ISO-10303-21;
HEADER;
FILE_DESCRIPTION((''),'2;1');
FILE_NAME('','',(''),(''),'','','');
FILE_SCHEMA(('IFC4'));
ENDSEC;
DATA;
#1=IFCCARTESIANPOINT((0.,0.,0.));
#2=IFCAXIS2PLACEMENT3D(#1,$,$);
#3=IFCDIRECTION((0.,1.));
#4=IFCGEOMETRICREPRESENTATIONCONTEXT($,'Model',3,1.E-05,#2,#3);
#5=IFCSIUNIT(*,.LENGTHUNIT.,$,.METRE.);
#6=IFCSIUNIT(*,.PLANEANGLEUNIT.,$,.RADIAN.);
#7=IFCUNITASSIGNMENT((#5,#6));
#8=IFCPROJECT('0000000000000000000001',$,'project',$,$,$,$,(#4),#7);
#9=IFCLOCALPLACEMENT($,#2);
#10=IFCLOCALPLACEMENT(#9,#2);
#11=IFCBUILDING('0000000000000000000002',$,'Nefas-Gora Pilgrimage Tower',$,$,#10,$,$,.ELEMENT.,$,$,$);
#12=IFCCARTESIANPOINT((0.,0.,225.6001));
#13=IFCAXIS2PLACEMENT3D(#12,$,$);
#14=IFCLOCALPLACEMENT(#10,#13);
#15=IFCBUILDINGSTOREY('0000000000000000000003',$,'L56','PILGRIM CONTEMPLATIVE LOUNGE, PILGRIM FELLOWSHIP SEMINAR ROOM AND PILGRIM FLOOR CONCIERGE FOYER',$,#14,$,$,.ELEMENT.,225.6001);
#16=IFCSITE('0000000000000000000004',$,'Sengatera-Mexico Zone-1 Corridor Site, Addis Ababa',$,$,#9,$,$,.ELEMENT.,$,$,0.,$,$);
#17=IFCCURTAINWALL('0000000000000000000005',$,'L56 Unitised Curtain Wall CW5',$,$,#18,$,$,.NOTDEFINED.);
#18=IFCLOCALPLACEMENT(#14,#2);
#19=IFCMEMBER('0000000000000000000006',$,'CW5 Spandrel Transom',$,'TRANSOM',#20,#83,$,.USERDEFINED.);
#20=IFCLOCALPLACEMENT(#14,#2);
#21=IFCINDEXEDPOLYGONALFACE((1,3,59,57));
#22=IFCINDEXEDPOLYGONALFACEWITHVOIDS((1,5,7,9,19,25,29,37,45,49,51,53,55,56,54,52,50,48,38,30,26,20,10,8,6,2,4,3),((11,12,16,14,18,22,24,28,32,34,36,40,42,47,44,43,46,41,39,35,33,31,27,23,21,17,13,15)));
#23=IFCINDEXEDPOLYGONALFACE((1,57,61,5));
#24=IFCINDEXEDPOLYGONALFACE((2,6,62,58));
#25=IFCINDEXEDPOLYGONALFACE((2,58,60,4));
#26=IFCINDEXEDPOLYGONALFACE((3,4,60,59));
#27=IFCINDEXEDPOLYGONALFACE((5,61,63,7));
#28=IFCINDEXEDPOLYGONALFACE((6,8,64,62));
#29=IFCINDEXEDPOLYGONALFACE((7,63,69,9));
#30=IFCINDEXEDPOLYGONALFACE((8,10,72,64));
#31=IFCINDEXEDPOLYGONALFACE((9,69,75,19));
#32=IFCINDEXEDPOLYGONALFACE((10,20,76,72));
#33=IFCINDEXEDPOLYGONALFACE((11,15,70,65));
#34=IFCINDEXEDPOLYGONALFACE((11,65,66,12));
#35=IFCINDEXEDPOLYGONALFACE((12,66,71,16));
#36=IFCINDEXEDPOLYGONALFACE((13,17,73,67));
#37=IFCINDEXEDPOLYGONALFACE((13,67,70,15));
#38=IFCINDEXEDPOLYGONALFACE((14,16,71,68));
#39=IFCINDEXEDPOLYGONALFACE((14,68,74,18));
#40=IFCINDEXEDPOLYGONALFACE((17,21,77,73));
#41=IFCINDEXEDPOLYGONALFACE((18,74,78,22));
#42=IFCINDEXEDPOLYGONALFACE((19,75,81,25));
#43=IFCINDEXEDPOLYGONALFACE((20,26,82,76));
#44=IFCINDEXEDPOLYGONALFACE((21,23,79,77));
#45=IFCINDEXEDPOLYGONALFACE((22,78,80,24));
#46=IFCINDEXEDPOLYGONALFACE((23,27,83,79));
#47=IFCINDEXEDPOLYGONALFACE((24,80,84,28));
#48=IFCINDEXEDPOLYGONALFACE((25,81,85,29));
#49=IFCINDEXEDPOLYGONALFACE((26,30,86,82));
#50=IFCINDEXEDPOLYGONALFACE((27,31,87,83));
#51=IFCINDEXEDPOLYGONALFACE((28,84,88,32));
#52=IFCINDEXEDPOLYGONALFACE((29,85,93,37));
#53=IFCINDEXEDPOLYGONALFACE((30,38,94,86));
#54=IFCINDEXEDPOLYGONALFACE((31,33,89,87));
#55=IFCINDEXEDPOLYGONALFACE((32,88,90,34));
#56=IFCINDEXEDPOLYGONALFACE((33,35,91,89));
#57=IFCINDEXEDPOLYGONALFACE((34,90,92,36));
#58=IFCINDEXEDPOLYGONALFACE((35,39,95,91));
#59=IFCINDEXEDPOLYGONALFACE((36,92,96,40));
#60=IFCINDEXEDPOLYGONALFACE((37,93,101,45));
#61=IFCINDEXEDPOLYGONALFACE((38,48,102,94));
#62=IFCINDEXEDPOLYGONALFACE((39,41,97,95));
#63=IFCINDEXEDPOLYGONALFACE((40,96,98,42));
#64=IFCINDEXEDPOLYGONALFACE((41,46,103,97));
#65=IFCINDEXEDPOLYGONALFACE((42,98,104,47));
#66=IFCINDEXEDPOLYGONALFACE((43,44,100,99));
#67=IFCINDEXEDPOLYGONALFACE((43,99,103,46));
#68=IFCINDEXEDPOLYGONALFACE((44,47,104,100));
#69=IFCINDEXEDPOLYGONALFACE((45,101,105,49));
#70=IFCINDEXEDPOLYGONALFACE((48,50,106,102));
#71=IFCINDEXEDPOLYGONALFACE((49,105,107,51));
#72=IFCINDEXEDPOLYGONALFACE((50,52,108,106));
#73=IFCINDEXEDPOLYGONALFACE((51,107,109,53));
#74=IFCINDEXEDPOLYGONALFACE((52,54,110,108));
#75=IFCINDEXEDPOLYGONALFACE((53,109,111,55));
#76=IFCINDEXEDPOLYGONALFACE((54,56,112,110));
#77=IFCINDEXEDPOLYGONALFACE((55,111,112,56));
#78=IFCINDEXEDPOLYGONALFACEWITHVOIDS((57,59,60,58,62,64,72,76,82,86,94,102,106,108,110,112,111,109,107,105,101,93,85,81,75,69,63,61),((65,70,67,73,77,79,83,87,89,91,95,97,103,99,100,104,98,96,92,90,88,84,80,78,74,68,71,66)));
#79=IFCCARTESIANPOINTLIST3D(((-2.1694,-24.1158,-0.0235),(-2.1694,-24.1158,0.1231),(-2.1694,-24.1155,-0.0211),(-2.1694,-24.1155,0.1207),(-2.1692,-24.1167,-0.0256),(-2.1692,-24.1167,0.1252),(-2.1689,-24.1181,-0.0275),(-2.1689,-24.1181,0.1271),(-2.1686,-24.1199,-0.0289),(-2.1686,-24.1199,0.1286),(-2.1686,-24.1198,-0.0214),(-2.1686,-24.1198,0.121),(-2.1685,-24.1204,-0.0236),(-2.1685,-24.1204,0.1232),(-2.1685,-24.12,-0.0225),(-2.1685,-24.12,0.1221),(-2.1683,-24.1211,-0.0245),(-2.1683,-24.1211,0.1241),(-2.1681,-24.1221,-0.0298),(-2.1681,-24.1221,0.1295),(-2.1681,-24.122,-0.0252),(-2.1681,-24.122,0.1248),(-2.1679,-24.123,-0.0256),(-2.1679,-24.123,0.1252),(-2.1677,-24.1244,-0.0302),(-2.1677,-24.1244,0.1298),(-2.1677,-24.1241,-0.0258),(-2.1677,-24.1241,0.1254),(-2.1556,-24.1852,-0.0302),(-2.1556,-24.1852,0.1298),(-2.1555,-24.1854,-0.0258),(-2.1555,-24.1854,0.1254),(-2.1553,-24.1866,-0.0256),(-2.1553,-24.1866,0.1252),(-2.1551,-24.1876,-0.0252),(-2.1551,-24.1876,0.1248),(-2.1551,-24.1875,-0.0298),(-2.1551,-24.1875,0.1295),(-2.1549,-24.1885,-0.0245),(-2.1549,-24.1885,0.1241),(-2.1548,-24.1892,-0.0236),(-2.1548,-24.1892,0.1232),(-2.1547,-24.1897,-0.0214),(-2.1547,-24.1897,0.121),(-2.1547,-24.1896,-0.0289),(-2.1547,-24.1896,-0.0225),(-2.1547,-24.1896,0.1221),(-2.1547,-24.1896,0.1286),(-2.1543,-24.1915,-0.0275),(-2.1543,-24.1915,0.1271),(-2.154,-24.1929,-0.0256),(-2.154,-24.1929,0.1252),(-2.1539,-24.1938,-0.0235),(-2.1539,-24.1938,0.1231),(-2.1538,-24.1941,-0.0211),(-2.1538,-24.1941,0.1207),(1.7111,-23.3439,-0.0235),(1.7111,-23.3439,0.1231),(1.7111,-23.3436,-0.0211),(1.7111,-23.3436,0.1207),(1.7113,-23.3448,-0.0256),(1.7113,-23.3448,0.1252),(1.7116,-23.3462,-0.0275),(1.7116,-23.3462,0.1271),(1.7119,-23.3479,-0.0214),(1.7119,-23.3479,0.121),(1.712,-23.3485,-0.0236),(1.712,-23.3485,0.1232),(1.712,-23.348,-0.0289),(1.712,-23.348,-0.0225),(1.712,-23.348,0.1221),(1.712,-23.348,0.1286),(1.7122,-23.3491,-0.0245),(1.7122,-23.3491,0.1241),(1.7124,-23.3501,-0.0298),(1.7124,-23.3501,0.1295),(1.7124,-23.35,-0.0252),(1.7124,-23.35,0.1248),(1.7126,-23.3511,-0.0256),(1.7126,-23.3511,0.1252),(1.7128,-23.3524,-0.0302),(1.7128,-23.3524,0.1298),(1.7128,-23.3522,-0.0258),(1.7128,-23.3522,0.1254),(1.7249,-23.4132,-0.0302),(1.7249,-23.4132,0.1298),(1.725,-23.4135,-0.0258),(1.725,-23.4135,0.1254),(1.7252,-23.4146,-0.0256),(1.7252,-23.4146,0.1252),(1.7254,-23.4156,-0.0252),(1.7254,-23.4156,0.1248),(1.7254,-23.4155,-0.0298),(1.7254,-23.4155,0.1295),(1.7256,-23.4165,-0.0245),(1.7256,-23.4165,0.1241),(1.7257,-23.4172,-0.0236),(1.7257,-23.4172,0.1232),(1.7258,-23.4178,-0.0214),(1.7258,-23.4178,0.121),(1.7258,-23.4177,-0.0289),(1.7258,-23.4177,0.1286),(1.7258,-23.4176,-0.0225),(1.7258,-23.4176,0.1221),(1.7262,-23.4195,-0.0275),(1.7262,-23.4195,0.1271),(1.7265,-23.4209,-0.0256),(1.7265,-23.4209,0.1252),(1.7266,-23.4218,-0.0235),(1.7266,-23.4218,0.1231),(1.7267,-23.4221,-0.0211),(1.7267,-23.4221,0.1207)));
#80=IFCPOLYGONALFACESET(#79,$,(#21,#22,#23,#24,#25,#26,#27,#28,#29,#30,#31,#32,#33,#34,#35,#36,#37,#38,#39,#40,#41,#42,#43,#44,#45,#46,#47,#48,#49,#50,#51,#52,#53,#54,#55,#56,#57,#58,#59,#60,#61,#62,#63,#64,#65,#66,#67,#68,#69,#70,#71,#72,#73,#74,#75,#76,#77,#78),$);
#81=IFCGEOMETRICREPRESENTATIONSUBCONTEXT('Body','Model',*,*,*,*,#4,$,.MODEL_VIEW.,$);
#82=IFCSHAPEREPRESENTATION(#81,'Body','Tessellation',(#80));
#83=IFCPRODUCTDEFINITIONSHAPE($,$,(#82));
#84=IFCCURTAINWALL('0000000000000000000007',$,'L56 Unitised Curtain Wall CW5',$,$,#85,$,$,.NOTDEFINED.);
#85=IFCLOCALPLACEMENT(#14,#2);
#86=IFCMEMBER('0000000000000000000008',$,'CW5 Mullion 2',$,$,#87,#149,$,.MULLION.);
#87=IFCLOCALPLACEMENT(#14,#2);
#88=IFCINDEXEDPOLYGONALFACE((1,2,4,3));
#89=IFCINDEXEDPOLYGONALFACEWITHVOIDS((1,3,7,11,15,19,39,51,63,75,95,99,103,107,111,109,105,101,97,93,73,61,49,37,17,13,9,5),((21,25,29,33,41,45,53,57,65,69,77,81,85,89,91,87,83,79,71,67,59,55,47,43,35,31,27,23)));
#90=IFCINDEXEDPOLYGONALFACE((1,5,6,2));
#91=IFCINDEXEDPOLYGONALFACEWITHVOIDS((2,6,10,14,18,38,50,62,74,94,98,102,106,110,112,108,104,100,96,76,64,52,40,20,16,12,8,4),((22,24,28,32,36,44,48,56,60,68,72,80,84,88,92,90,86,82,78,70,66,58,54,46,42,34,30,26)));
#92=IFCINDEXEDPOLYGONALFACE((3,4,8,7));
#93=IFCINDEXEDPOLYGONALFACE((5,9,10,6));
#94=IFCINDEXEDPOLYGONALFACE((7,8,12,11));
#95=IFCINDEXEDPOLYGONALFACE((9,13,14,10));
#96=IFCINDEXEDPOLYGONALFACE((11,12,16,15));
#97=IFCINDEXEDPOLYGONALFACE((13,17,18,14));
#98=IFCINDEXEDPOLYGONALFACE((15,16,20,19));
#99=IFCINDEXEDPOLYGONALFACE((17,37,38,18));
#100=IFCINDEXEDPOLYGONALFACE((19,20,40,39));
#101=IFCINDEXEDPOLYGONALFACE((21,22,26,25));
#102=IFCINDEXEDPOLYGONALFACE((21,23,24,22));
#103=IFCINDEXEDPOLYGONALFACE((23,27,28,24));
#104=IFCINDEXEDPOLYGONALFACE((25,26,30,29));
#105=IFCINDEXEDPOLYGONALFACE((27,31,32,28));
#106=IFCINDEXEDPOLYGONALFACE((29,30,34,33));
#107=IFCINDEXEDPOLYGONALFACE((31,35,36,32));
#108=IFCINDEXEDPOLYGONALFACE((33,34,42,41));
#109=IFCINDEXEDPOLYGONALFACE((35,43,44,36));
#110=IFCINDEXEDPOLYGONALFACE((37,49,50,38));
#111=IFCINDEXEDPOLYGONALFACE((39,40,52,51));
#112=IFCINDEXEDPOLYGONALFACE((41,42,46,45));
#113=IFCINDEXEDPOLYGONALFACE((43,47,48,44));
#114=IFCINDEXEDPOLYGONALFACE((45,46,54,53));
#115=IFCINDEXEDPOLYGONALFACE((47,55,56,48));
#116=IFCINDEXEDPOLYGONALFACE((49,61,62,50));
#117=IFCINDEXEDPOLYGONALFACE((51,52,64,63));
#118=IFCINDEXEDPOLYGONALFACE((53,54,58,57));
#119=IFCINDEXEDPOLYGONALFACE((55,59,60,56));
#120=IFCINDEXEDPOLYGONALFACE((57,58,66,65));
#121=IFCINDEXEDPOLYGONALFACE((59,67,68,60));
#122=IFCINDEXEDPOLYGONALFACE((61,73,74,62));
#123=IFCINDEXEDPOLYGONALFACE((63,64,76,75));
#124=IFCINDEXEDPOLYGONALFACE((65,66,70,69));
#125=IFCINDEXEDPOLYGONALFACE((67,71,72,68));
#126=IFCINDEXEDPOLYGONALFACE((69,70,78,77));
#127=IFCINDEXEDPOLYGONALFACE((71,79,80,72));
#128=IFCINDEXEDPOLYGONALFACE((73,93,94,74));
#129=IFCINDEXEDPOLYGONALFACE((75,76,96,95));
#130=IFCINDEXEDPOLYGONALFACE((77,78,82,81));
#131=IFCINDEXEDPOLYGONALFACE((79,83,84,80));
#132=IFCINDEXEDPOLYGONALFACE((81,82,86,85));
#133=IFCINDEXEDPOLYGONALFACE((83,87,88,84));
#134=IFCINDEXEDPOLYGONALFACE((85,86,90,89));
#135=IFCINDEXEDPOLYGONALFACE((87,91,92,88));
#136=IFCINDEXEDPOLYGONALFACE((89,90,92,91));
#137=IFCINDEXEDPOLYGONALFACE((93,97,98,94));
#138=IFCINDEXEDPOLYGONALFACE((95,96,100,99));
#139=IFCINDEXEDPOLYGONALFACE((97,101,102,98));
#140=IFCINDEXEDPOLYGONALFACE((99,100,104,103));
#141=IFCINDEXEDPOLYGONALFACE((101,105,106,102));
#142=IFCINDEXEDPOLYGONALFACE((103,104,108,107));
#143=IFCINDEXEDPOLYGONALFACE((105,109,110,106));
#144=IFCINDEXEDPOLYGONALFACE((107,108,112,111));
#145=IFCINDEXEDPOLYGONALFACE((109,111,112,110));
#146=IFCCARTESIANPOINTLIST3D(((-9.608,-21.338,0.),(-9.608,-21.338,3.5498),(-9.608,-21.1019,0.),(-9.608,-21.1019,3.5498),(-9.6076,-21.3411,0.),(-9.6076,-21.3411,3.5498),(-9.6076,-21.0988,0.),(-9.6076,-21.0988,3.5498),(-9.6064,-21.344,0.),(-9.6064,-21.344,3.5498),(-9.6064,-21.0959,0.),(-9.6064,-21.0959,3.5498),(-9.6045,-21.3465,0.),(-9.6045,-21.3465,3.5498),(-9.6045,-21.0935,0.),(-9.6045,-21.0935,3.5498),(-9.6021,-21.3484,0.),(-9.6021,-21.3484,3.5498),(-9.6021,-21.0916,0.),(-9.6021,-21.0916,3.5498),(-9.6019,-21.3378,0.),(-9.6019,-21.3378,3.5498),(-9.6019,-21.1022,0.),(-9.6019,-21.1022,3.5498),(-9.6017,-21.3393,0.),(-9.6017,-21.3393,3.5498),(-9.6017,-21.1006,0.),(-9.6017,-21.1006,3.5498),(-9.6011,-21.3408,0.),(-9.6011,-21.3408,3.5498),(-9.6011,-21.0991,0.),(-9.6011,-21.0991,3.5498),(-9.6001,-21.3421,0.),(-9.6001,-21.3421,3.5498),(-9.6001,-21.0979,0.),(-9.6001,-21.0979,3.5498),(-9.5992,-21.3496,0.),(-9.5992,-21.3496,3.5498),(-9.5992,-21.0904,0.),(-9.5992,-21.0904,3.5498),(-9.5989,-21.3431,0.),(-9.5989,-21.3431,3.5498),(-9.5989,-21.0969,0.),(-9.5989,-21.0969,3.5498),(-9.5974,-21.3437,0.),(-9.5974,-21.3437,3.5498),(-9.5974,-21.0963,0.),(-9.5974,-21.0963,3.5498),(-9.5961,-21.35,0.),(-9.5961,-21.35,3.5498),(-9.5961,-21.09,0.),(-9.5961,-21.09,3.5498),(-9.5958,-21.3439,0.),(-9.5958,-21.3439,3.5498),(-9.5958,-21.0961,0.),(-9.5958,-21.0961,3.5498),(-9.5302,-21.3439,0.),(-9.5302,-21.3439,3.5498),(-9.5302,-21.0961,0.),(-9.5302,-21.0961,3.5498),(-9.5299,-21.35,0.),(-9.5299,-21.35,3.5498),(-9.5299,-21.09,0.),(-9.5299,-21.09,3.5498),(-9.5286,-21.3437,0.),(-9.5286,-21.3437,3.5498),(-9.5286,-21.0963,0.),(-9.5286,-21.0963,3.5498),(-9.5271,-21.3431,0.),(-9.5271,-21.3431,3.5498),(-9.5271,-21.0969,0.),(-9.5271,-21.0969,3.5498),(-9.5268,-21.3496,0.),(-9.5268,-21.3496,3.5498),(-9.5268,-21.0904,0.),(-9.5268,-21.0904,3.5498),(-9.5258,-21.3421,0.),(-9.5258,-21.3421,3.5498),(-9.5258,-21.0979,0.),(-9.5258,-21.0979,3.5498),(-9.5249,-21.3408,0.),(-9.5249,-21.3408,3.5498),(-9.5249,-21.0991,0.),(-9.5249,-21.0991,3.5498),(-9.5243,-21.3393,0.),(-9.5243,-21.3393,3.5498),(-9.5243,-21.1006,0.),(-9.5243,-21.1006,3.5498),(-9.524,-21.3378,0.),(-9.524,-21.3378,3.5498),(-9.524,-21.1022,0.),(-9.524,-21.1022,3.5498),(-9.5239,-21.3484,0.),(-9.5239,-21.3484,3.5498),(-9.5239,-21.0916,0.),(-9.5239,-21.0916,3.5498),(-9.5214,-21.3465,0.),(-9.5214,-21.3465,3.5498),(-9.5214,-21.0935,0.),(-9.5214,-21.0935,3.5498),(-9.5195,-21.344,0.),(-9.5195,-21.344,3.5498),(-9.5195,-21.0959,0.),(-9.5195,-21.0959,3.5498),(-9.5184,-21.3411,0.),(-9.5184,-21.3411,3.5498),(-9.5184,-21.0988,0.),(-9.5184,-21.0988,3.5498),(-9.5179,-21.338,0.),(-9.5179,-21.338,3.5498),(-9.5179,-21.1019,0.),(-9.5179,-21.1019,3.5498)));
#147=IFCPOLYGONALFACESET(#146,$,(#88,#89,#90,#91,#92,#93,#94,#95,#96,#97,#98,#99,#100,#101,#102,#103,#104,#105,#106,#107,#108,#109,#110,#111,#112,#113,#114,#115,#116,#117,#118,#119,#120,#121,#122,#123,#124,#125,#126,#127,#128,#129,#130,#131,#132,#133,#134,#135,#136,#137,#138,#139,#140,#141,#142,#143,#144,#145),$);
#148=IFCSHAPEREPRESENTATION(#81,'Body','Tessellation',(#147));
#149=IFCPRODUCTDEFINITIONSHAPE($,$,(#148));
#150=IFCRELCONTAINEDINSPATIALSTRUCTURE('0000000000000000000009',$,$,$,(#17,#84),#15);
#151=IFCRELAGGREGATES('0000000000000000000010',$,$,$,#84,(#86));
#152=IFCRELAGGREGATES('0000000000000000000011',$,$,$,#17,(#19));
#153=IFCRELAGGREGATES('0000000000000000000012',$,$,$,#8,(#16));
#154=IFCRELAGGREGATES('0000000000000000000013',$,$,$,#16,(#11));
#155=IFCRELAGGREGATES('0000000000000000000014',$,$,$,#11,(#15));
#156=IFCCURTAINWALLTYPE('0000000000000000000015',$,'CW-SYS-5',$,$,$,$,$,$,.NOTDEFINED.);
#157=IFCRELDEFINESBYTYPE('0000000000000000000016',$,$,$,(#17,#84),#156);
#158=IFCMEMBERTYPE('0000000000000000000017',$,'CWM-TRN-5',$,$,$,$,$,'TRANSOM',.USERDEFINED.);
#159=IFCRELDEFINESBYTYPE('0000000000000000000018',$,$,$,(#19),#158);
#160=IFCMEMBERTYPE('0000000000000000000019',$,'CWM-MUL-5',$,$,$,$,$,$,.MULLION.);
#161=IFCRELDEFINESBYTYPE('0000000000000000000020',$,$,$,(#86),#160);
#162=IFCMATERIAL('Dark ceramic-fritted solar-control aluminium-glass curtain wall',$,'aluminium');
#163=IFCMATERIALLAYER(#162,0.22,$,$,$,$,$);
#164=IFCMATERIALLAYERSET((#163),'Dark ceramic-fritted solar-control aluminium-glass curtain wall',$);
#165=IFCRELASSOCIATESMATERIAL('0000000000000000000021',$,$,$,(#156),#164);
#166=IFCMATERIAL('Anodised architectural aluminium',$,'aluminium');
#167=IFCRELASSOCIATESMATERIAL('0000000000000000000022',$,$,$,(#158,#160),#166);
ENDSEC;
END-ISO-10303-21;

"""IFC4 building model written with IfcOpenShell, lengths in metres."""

from ifc_helpers import new_model, si_unit, direction, frame, origin, origin_2d, place, context, subcontext, project, spatial, hollow_rectangle, extrude, source, transform, mapped, material, layer, layer_set, material_profile, profile_set, type_object, element, aggregate, save


model = new_model("IFC4")

# Units and contexts
model_context = context("Model", 3, precision=1e-05, world=origin(), true_north=direction((0.0, 1.0)))
body_context = subcontext(model_context, "Body", "Model", "MODEL_VIEW")
ifc_project = project(units=[si_unit("LENGTHUNIT", "METRE"), si_unit("PLANEANGLEUNIT", "RADIAN")], contexts=[model_context])

# Site, building, storey
site_placement = place(None, origin())
site = spatial("IfcSite", under=ifc_project, at=site_placement, Name="Sengatera-Mexico Zone-1 Corridor Site, Addis Ababa", CompositionType="ELEMENT", RefElevation=0.0)
building_placement = place(site_placement, origin())
building = spatial("IfcBuilding", under=site, at=building_placement, Name="Nefas-Gora Pilgrimage Tower", CompositionType="ELEMENT")
storey_placement = place(building_placement, frame((0.0, 0.0, 225.6001)))
storey = spatial("IfcBuildingStorey", under=building, at=storey_placement, Name="L56", Description="PILGRIM CONTEMPLATIVE LOUNGE, PILGRIM FELLOWSHIP SEMINAR ROOM AND PILGRIM FLOOR CONCIERGE FOYER", CompositionType="ELEMENT", Elevation=225.6001)

# Curtain walls, members
ifc_material_1 = material(Name="Dark ceramic-fritted solar-control aluminium-glass curtain wall", Category="aluminium")
ifc_layer_1 = layer(ifc_material_1, 0.22)
ifc_layer_set_1 = layer_set([ifc_layer_1], Name="Dark ceramic-fritted solar-control aluminium-glass curtain wall")
curtain_wall_type = type_object("IfcCurtainWallType", Name="CW-SYS-5", PredefinedType="NOTDEFINED", material=ifc_layer_set_1)
curtain_wall_1_placement = place(storey_placement, origin())
curtain_wall_1 = element("IfcCurtainWall", 1, at=curtain_wall_1_placement, inside=storey, type_object=curtain_wall_type, Name="L56 Unitised Curtain Wall CW5", PredefinedType="NOTDEFINED")
ifc_material_2 = material(Name="Anodised architectural aluminium", Category="aluminium")
ifc_material_profile_1 = material_profile(ifc_material_2, hollow_rectangle(XDim=0.0801, YDim=0.1599, WallThickness=0.0044, InnerFilletRadius=0.0044, OuterFilletRadius=0.009, at=origin_2d()), Name="ALU TRANSOM 80x160")
ifc_profile_set_1 = profile_set([ifc_material_profile_1], Name="Anodised architectural aluminium")
member_type_1 = type_object("IfcMemberType", Name="CWM-TRN-5", ElementType="TRANSOM", PredefinedType="USERDEFINED", material=ifc_profile_set_1)
shared_shape_1 = source(origin(), body_context, "Body", "SweptSolid", [
    extrude(hollow_rectangle(XDim=0.0801, YDim=0.1599, WallThickness=0.0044, InnerFilletRadius=0.0044, OuterFilletRadius=0.009, at=origin_2d()), origin(), (0.0, 0.0, 1.0), 3.9565),
])
member_1_placement = place(storey_placement, frame((-2.1616, -24.1548, 0.0498), z_axis=(0.980782, 0.195107, 0.0), x_axis=(-0.195107, 0.980782, 0.0)))
member_1 = element("IfcMember", 2, at=member_1_placement, type_object=member_type_1, Name="CW5 Spandrel Transom", ObjectType="TRANSOM", PredefinedType="USERDEFINED", context=body_context, shape_type="MappedRepresentation", body=[
    mapped(shared_shape_1, transform((0.0, 0.0, 0.0), x_axis=(1.0, 0.0, 0.0), y_axis=(0.0, 1.0, 0.0), z_axis=(0.0, 0.0, 1.0), scale=1.0)),
])
curtain_wall_2_placement = place(storey_placement, origin())
curtain_wall_2 = element("IfcCurtainWall", 3, at=curtain_wall_2_placement, inside=storey, type_object=curtain_wall_type, Name="L56 Unitised Curtain Wall CW5", PredefinedType="NOTDEFINED")
ifc_material_profile_2 = material_profile(ifc_material_2, hollow_rectangle(XDim=0.0901, YDim=0.26, WallThickness=0.0061, InnerFilletRadius=0.0061, OuterFilletRadius=0.012, at=origin_2d()), Name="ALU MULLION 90x260")
ifc_profile_set_2 = profile_set([ifc_material_profile_2], Name="Anodised architectural aluminium")
member_type_2 = type_object("IfcMemberType", Name="CWM-MUL-5", PredefinedType="MULLION", material=ifc_profile_set_2)
shared_shape_2 = source(origin(), body_context, "Body", "SweptSolid", [
    extrude(hollow_rectangle(XDim=0.0901, YDim=0.26, WallThickness=0.0061, InnerFilletRadius=0.0061, OuterFilletRadius=0.012, at=origin_2d()), origin(), (0.0, 0.0, 1.0), 3.5498),
])
member_2_placement = place(storey_placement, frame((-9.563, -21.22, 0.0), z_axis=(0.0, 0.0, 1.0), x_axis=(1.0, 0.0, 0.0)))
member_2 = element("IfcMember", 4, at=member_2_placement, type_object=member_type_2, Name="CW5 Mullion 2", PredefinedType="MULLION", context=body_context, shape_type="MappedRepresentation", body=[
    mapped(shared_shape_2, transform((0.0, 0.0, 0.0), x_axis=(1.0, 0.0, 0.0), y_axis=(0.0, 1.0, 0.0), z_axis=(0.0, 0.0, 1.0), scale=1.0)),
])
aggregate(curtain_wall_2, [member_2])

aggregate(curtain_wall_1, [member_1])

save(model, "model.ifc")
